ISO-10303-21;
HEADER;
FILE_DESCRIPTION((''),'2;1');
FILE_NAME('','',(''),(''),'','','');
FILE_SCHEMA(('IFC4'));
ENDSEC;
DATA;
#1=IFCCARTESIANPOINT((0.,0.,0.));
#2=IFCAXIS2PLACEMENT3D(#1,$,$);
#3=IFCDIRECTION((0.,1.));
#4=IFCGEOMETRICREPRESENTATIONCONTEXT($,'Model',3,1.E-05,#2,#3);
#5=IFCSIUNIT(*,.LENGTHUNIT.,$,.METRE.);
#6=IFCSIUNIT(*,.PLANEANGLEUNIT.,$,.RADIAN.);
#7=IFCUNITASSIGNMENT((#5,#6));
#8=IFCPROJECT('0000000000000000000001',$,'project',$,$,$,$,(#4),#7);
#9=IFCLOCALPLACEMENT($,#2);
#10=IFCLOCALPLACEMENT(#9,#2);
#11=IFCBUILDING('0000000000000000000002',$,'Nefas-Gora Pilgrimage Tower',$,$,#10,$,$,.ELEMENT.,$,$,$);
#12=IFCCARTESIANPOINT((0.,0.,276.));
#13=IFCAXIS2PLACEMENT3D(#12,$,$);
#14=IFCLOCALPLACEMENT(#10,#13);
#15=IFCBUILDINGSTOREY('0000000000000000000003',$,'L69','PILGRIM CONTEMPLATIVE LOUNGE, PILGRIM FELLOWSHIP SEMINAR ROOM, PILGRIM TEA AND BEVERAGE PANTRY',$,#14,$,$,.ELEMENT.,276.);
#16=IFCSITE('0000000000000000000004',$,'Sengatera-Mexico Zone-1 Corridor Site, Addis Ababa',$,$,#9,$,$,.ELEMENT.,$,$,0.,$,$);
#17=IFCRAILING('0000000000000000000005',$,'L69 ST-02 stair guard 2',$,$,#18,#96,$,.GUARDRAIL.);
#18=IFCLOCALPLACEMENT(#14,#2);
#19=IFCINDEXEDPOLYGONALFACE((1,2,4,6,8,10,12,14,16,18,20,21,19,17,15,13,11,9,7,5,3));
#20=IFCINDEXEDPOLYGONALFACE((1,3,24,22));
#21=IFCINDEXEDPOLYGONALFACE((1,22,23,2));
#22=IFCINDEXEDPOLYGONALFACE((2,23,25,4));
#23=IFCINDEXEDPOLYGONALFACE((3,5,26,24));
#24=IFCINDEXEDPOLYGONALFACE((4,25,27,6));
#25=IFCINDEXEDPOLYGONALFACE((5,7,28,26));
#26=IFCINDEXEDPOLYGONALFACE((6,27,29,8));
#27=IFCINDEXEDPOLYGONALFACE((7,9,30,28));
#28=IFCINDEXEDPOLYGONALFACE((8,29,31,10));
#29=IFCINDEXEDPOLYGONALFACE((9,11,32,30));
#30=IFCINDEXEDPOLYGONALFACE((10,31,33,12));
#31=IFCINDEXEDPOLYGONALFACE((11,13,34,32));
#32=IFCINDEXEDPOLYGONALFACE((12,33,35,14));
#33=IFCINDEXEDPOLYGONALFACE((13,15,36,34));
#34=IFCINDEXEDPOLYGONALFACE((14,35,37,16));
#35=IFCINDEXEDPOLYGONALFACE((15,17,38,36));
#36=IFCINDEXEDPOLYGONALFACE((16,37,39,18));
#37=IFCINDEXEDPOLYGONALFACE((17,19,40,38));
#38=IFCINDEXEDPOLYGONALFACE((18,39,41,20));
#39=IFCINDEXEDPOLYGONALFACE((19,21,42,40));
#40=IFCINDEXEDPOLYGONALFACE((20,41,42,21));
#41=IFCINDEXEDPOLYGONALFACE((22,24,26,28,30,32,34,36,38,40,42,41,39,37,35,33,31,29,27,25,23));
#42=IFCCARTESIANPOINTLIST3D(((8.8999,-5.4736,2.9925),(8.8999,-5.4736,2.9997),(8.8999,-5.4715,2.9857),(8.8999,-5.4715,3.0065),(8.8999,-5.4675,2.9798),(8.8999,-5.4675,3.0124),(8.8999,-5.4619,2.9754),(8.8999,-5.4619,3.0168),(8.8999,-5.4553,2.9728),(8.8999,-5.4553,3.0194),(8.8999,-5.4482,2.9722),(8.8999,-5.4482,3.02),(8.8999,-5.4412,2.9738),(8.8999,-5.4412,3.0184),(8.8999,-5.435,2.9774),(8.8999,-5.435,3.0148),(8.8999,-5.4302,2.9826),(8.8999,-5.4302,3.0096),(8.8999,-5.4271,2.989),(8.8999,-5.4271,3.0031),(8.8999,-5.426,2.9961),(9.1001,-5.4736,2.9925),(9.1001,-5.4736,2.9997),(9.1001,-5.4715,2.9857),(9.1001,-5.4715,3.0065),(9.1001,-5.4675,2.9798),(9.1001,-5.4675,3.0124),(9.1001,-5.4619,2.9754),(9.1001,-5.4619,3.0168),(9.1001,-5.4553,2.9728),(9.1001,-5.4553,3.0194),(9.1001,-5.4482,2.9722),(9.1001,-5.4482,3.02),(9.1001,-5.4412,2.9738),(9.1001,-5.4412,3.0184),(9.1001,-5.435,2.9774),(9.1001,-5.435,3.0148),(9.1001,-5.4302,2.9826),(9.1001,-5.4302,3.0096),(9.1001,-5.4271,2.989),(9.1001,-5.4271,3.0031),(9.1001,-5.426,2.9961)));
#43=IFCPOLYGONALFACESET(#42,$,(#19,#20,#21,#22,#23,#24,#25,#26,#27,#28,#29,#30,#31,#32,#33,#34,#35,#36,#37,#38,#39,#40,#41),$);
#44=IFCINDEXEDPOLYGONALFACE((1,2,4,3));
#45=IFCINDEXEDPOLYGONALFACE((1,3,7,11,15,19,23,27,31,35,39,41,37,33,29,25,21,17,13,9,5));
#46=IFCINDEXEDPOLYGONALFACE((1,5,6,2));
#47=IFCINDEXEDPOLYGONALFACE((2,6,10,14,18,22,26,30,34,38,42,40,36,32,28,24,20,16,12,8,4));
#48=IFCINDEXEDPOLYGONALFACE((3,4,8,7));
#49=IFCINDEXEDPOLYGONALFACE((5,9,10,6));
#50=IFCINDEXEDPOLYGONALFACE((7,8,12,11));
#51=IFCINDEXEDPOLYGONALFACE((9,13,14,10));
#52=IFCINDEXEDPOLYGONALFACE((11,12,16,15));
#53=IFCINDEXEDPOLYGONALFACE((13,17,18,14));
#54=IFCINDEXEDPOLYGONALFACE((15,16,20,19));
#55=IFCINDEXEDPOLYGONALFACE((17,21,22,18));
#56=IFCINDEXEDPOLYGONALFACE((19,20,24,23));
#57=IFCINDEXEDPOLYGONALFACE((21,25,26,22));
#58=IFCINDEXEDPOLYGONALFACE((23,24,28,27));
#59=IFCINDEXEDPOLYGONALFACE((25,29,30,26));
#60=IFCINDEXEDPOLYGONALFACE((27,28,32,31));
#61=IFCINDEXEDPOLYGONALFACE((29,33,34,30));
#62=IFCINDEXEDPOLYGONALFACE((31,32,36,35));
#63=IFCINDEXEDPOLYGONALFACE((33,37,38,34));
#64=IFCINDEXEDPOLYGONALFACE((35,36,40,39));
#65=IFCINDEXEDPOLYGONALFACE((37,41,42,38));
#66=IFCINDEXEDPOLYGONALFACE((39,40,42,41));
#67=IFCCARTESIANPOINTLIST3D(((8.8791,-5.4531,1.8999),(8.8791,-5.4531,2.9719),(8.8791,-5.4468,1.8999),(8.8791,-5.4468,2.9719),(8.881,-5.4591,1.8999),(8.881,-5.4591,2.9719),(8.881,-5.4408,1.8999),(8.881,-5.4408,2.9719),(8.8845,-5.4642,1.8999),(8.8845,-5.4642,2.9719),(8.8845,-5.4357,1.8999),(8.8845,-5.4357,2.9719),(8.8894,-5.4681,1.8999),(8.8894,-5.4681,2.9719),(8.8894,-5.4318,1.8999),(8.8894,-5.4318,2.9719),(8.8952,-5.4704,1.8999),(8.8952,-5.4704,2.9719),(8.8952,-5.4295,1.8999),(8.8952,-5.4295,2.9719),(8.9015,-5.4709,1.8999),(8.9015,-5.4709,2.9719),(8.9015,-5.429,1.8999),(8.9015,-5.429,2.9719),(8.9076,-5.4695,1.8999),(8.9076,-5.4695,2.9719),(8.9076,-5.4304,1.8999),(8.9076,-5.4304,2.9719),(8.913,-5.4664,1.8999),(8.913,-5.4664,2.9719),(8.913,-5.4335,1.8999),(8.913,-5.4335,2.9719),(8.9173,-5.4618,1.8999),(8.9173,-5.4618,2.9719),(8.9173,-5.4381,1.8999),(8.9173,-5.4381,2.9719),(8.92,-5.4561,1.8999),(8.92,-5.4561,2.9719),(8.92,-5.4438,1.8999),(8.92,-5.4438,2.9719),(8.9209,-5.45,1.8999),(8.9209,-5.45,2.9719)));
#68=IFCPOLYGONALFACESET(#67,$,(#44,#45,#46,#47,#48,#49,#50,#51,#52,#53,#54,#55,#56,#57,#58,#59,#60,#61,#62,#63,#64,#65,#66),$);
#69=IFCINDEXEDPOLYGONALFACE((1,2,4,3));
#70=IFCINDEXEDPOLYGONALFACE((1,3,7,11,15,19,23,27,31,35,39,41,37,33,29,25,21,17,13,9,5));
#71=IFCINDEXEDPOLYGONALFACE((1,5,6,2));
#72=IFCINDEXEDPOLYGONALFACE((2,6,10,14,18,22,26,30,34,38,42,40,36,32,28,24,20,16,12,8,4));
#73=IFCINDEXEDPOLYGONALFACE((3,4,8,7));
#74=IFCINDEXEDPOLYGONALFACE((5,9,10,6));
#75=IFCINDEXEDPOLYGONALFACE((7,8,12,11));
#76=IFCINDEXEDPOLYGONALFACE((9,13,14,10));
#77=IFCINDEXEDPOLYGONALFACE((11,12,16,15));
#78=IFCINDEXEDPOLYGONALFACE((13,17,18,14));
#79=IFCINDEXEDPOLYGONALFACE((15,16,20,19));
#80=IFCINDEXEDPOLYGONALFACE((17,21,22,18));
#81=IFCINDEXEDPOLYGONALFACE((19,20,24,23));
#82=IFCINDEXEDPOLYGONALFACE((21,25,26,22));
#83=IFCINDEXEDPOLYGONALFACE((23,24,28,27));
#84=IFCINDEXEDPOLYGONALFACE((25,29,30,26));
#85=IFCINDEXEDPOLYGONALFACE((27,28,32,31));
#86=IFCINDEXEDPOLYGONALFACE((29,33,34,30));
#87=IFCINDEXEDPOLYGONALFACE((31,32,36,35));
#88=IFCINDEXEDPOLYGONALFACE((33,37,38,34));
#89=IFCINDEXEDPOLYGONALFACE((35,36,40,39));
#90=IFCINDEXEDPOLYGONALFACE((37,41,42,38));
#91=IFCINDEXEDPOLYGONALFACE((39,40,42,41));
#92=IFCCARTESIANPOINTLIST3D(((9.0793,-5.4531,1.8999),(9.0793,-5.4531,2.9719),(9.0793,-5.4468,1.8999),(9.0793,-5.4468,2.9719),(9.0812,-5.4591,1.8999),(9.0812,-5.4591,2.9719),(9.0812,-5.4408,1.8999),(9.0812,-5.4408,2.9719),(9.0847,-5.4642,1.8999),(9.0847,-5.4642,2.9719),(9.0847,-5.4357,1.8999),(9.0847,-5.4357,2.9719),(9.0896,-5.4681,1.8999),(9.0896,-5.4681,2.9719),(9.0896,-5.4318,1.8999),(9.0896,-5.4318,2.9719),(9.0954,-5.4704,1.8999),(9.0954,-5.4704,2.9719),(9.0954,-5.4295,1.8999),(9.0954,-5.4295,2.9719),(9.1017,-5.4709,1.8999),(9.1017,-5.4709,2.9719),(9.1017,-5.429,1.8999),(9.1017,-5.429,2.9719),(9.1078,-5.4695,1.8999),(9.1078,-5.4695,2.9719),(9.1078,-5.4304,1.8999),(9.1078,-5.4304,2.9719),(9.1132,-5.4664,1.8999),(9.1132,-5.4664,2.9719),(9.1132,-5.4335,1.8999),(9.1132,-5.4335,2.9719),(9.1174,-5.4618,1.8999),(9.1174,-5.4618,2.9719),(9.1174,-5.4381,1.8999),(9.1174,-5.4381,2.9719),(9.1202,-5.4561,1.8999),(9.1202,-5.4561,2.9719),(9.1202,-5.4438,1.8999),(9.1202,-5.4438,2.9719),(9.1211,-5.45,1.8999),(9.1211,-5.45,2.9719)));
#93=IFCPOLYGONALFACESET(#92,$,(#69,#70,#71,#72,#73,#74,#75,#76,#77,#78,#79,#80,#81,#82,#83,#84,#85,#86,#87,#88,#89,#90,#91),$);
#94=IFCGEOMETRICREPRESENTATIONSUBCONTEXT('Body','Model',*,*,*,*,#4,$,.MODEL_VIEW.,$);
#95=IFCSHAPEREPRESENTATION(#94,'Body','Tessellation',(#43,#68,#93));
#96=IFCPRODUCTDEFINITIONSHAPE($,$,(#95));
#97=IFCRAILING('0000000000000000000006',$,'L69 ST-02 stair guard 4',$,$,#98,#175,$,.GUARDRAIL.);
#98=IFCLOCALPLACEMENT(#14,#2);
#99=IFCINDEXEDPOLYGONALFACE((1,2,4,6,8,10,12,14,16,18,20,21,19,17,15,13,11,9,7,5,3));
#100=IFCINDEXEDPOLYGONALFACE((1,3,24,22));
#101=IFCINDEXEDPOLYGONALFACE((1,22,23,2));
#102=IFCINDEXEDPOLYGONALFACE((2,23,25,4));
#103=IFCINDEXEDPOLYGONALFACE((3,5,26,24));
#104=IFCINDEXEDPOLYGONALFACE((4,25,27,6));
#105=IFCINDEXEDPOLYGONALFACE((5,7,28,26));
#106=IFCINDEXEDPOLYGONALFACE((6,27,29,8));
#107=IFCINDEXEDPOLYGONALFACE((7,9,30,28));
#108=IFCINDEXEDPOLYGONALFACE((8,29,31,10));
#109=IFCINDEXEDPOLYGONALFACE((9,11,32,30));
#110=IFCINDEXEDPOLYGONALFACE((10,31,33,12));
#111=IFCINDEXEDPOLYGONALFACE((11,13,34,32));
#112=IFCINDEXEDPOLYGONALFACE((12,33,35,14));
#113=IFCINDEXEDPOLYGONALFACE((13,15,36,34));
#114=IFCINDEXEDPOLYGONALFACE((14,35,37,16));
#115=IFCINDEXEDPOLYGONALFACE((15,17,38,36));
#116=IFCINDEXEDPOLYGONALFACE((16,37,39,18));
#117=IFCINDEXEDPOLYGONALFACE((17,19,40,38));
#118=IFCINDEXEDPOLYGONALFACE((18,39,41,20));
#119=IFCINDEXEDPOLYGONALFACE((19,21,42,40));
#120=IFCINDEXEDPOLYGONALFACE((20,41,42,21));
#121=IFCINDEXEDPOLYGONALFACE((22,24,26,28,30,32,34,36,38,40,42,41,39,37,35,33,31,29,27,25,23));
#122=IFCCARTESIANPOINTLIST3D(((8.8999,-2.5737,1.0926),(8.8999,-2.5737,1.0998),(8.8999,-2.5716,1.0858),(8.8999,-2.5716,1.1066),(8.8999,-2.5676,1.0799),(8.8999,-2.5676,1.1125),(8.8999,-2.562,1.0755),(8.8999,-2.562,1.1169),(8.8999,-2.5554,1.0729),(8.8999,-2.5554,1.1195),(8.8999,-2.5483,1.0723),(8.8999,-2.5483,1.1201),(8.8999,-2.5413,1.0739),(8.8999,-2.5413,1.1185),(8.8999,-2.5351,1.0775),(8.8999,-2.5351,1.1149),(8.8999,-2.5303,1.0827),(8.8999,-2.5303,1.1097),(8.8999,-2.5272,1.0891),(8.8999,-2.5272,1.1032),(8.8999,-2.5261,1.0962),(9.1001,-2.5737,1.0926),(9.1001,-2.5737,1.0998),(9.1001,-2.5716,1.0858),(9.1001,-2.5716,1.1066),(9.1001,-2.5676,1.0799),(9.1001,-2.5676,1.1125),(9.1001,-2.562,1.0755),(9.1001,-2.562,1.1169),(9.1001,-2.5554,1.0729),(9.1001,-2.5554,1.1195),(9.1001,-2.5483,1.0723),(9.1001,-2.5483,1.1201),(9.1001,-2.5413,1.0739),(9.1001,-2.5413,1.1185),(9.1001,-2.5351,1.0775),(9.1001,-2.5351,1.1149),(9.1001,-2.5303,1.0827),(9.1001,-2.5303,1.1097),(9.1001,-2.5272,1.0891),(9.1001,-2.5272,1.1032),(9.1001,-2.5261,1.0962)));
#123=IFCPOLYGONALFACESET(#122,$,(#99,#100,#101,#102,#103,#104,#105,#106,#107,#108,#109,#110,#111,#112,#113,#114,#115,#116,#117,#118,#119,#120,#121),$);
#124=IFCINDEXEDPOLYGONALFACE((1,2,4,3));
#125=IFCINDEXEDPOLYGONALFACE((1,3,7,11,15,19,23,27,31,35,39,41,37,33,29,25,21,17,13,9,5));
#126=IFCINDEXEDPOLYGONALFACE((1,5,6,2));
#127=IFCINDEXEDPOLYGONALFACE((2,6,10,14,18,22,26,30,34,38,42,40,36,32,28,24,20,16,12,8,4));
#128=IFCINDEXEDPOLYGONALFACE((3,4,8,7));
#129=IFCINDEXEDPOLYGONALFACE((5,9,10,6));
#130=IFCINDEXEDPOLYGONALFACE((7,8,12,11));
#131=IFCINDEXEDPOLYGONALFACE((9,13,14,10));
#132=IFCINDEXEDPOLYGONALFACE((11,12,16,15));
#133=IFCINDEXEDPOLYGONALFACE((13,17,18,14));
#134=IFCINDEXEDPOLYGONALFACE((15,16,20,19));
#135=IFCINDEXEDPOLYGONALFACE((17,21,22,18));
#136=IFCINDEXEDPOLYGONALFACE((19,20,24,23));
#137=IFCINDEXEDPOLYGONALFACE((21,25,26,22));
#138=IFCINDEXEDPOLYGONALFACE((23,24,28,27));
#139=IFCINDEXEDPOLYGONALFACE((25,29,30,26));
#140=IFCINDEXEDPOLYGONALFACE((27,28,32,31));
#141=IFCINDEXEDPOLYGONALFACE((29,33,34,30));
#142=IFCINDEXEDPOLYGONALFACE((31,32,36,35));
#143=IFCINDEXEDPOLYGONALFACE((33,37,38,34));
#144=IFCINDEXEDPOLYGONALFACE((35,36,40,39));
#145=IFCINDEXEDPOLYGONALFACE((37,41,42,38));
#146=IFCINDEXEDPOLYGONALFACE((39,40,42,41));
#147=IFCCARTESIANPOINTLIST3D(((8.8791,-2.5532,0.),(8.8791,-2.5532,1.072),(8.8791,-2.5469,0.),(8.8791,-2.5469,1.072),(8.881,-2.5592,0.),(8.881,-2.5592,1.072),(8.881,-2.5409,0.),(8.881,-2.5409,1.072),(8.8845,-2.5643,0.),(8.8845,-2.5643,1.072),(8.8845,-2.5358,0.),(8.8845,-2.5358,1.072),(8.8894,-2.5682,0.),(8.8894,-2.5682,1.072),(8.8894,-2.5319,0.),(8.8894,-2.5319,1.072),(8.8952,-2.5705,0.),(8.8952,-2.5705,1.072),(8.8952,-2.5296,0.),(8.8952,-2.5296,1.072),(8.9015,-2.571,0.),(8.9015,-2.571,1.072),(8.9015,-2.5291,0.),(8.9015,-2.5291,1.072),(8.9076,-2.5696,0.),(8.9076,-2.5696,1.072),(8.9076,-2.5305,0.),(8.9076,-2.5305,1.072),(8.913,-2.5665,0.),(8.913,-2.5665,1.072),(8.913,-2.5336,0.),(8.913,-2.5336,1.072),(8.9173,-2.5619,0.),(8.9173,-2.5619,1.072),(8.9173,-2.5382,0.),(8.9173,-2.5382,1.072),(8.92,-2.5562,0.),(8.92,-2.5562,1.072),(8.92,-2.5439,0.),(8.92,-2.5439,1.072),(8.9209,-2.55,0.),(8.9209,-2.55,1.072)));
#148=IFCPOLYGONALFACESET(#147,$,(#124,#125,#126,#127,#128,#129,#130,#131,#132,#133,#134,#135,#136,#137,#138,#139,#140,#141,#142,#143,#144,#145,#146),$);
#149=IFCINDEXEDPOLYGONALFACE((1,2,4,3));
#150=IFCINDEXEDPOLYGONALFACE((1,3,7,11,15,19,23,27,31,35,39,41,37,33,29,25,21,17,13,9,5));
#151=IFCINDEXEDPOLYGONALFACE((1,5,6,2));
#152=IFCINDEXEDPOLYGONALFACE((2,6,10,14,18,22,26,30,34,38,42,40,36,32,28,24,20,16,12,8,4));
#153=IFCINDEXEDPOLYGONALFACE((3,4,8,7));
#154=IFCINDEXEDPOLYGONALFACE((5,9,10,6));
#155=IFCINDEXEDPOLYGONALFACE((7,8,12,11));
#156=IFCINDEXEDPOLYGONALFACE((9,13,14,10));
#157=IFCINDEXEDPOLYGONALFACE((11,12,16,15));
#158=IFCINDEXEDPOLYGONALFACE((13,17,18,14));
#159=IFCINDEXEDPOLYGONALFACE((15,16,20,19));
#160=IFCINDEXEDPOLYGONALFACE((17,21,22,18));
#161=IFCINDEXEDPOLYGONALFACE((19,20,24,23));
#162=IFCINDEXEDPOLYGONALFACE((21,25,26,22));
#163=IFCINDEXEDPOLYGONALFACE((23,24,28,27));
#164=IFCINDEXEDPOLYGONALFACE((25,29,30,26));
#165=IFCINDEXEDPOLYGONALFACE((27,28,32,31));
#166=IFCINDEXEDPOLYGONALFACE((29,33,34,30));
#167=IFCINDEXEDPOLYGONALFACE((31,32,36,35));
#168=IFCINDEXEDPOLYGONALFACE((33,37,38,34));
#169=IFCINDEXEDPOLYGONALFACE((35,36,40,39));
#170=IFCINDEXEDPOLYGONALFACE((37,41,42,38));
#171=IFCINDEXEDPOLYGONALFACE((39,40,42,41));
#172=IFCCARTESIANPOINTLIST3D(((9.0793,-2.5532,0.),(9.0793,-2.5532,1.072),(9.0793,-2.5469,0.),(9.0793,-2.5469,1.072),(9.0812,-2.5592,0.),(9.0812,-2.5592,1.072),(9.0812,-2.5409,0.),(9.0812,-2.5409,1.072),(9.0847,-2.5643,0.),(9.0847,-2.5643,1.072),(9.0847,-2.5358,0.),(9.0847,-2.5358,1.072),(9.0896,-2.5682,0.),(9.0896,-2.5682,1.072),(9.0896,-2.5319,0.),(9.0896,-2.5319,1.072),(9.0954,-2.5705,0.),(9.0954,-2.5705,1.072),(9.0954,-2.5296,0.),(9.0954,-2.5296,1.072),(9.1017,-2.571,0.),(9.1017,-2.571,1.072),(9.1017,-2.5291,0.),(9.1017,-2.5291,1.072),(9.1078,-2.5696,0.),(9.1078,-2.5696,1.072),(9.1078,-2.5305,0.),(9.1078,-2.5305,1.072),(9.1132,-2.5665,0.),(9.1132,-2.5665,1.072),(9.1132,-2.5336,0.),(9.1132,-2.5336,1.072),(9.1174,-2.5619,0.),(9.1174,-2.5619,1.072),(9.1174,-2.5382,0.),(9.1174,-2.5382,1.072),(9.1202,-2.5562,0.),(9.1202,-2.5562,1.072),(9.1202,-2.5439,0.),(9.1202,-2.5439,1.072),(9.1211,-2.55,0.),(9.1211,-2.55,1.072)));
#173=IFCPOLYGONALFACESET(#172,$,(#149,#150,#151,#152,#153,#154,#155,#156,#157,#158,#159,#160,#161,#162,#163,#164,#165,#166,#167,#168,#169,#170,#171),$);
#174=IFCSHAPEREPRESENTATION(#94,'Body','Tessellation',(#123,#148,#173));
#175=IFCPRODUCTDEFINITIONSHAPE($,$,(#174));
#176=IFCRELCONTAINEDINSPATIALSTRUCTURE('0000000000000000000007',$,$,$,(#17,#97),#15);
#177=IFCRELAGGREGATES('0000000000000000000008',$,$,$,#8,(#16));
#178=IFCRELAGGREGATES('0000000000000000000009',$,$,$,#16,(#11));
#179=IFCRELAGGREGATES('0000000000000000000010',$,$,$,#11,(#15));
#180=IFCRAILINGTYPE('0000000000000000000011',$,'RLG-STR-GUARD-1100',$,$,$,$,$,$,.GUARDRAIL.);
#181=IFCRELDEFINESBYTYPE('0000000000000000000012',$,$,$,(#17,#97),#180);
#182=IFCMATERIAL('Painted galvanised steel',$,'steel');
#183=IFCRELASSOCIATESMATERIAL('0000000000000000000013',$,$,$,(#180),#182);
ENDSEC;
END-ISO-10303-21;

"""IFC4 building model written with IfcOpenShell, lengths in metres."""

from ifc_helpers import new_model, si_unit, direction, frame, origin, origin_2d, place, context, subcontext, project, spatial, circle, extrude, material, type_object, element, save


model = new_model("IFC4")

# Units and contexts
model_context = context("Model", 3, precision=1e-05, world=origin(), true_north=direction((0.0, 1.0)))
body_context = subcontext(model_context, "Body", "Model", "MODEL_VIEW")
ifc_project = project(units=[si_unit("LENGTHUNIT", "METRE"), si_unit("PLANEANGLEUNIT", "RADIAN")], contexts=[model_context])

# Site, building, storey
site_placement = place(None, origin())
site = spatial("IfcSite", under=ifc_project, at=site_placement, Name="Sengatera-Mexico Zone-1 Corridor Site, Addis Ababa", CompositionType="ELEMENT", RefElevation=0.0)
building_placement = place(site_placement, origin())
building = spatial("IfcBuilding", under=site, at=building_placement, Name="Nefas-Gora Pilgrimage Tower", CompositionType="ELEMENT")
storey_placement = place(building_placement, frame((0.0, 0.0, 276.0)))
storey = spatial("IfcBuildingStorey", under=building, at=storey_placement, Name="L69", Description="PILGRIM CONTEMPLATIVE LOUNGE, PILGRIM FELLOWSHIP SEMINAR ROOM, PILGRIM TEA AND BEVERAGE PANTRY", CompositionType="ELEMENT", Elevation=276.0)

# Railings
ifc_material_1 = material(Name="Painted galvanised steel", Category="steel")
railing_type_1 = type_object("IfcRailingType", Name="RLG-STR-GUARD-1100", PredefinedType="GUARDRAIL", material=ifc_material_1)
for number, where, name in (
    (1, (8.8999, -5.45, 1.8999), "L69 ST-02 stair guard 2"),
    (2, (8.8999, -2.55, 0.0), "L69 ST-02 stair guard 4"),
):
    element("IfcRailing", number, at=place(storey_placement, frame(where)), inside=storey, type_object=railing_type_1, Name=name, PredefinedType="GUARDRAIL", context=body_context, shape_type="SweptSolid", body=[
        extrude(circle(Radius=0.0239, at=origin_2d()), frame((0.0, 0.0, 1.0962), z_axis=(1.0, 0.0, 0.0), x_axis=(0.0, 1.0, 0.0)), (0.0, 0.0, 1.0), 0.2002),
        extrude(circle(Radius=0.021, at=origin_2d()), origin(), (0.0, 0.0, 1.0), 1.072),
        extrude(circle(Radius=0.021, at=origin_2d()), frame((0.2002, 0.0, 0.0)), (0.0, 0.0, 1.0), 1.072),
    ])

save(model, "model.ifc")
